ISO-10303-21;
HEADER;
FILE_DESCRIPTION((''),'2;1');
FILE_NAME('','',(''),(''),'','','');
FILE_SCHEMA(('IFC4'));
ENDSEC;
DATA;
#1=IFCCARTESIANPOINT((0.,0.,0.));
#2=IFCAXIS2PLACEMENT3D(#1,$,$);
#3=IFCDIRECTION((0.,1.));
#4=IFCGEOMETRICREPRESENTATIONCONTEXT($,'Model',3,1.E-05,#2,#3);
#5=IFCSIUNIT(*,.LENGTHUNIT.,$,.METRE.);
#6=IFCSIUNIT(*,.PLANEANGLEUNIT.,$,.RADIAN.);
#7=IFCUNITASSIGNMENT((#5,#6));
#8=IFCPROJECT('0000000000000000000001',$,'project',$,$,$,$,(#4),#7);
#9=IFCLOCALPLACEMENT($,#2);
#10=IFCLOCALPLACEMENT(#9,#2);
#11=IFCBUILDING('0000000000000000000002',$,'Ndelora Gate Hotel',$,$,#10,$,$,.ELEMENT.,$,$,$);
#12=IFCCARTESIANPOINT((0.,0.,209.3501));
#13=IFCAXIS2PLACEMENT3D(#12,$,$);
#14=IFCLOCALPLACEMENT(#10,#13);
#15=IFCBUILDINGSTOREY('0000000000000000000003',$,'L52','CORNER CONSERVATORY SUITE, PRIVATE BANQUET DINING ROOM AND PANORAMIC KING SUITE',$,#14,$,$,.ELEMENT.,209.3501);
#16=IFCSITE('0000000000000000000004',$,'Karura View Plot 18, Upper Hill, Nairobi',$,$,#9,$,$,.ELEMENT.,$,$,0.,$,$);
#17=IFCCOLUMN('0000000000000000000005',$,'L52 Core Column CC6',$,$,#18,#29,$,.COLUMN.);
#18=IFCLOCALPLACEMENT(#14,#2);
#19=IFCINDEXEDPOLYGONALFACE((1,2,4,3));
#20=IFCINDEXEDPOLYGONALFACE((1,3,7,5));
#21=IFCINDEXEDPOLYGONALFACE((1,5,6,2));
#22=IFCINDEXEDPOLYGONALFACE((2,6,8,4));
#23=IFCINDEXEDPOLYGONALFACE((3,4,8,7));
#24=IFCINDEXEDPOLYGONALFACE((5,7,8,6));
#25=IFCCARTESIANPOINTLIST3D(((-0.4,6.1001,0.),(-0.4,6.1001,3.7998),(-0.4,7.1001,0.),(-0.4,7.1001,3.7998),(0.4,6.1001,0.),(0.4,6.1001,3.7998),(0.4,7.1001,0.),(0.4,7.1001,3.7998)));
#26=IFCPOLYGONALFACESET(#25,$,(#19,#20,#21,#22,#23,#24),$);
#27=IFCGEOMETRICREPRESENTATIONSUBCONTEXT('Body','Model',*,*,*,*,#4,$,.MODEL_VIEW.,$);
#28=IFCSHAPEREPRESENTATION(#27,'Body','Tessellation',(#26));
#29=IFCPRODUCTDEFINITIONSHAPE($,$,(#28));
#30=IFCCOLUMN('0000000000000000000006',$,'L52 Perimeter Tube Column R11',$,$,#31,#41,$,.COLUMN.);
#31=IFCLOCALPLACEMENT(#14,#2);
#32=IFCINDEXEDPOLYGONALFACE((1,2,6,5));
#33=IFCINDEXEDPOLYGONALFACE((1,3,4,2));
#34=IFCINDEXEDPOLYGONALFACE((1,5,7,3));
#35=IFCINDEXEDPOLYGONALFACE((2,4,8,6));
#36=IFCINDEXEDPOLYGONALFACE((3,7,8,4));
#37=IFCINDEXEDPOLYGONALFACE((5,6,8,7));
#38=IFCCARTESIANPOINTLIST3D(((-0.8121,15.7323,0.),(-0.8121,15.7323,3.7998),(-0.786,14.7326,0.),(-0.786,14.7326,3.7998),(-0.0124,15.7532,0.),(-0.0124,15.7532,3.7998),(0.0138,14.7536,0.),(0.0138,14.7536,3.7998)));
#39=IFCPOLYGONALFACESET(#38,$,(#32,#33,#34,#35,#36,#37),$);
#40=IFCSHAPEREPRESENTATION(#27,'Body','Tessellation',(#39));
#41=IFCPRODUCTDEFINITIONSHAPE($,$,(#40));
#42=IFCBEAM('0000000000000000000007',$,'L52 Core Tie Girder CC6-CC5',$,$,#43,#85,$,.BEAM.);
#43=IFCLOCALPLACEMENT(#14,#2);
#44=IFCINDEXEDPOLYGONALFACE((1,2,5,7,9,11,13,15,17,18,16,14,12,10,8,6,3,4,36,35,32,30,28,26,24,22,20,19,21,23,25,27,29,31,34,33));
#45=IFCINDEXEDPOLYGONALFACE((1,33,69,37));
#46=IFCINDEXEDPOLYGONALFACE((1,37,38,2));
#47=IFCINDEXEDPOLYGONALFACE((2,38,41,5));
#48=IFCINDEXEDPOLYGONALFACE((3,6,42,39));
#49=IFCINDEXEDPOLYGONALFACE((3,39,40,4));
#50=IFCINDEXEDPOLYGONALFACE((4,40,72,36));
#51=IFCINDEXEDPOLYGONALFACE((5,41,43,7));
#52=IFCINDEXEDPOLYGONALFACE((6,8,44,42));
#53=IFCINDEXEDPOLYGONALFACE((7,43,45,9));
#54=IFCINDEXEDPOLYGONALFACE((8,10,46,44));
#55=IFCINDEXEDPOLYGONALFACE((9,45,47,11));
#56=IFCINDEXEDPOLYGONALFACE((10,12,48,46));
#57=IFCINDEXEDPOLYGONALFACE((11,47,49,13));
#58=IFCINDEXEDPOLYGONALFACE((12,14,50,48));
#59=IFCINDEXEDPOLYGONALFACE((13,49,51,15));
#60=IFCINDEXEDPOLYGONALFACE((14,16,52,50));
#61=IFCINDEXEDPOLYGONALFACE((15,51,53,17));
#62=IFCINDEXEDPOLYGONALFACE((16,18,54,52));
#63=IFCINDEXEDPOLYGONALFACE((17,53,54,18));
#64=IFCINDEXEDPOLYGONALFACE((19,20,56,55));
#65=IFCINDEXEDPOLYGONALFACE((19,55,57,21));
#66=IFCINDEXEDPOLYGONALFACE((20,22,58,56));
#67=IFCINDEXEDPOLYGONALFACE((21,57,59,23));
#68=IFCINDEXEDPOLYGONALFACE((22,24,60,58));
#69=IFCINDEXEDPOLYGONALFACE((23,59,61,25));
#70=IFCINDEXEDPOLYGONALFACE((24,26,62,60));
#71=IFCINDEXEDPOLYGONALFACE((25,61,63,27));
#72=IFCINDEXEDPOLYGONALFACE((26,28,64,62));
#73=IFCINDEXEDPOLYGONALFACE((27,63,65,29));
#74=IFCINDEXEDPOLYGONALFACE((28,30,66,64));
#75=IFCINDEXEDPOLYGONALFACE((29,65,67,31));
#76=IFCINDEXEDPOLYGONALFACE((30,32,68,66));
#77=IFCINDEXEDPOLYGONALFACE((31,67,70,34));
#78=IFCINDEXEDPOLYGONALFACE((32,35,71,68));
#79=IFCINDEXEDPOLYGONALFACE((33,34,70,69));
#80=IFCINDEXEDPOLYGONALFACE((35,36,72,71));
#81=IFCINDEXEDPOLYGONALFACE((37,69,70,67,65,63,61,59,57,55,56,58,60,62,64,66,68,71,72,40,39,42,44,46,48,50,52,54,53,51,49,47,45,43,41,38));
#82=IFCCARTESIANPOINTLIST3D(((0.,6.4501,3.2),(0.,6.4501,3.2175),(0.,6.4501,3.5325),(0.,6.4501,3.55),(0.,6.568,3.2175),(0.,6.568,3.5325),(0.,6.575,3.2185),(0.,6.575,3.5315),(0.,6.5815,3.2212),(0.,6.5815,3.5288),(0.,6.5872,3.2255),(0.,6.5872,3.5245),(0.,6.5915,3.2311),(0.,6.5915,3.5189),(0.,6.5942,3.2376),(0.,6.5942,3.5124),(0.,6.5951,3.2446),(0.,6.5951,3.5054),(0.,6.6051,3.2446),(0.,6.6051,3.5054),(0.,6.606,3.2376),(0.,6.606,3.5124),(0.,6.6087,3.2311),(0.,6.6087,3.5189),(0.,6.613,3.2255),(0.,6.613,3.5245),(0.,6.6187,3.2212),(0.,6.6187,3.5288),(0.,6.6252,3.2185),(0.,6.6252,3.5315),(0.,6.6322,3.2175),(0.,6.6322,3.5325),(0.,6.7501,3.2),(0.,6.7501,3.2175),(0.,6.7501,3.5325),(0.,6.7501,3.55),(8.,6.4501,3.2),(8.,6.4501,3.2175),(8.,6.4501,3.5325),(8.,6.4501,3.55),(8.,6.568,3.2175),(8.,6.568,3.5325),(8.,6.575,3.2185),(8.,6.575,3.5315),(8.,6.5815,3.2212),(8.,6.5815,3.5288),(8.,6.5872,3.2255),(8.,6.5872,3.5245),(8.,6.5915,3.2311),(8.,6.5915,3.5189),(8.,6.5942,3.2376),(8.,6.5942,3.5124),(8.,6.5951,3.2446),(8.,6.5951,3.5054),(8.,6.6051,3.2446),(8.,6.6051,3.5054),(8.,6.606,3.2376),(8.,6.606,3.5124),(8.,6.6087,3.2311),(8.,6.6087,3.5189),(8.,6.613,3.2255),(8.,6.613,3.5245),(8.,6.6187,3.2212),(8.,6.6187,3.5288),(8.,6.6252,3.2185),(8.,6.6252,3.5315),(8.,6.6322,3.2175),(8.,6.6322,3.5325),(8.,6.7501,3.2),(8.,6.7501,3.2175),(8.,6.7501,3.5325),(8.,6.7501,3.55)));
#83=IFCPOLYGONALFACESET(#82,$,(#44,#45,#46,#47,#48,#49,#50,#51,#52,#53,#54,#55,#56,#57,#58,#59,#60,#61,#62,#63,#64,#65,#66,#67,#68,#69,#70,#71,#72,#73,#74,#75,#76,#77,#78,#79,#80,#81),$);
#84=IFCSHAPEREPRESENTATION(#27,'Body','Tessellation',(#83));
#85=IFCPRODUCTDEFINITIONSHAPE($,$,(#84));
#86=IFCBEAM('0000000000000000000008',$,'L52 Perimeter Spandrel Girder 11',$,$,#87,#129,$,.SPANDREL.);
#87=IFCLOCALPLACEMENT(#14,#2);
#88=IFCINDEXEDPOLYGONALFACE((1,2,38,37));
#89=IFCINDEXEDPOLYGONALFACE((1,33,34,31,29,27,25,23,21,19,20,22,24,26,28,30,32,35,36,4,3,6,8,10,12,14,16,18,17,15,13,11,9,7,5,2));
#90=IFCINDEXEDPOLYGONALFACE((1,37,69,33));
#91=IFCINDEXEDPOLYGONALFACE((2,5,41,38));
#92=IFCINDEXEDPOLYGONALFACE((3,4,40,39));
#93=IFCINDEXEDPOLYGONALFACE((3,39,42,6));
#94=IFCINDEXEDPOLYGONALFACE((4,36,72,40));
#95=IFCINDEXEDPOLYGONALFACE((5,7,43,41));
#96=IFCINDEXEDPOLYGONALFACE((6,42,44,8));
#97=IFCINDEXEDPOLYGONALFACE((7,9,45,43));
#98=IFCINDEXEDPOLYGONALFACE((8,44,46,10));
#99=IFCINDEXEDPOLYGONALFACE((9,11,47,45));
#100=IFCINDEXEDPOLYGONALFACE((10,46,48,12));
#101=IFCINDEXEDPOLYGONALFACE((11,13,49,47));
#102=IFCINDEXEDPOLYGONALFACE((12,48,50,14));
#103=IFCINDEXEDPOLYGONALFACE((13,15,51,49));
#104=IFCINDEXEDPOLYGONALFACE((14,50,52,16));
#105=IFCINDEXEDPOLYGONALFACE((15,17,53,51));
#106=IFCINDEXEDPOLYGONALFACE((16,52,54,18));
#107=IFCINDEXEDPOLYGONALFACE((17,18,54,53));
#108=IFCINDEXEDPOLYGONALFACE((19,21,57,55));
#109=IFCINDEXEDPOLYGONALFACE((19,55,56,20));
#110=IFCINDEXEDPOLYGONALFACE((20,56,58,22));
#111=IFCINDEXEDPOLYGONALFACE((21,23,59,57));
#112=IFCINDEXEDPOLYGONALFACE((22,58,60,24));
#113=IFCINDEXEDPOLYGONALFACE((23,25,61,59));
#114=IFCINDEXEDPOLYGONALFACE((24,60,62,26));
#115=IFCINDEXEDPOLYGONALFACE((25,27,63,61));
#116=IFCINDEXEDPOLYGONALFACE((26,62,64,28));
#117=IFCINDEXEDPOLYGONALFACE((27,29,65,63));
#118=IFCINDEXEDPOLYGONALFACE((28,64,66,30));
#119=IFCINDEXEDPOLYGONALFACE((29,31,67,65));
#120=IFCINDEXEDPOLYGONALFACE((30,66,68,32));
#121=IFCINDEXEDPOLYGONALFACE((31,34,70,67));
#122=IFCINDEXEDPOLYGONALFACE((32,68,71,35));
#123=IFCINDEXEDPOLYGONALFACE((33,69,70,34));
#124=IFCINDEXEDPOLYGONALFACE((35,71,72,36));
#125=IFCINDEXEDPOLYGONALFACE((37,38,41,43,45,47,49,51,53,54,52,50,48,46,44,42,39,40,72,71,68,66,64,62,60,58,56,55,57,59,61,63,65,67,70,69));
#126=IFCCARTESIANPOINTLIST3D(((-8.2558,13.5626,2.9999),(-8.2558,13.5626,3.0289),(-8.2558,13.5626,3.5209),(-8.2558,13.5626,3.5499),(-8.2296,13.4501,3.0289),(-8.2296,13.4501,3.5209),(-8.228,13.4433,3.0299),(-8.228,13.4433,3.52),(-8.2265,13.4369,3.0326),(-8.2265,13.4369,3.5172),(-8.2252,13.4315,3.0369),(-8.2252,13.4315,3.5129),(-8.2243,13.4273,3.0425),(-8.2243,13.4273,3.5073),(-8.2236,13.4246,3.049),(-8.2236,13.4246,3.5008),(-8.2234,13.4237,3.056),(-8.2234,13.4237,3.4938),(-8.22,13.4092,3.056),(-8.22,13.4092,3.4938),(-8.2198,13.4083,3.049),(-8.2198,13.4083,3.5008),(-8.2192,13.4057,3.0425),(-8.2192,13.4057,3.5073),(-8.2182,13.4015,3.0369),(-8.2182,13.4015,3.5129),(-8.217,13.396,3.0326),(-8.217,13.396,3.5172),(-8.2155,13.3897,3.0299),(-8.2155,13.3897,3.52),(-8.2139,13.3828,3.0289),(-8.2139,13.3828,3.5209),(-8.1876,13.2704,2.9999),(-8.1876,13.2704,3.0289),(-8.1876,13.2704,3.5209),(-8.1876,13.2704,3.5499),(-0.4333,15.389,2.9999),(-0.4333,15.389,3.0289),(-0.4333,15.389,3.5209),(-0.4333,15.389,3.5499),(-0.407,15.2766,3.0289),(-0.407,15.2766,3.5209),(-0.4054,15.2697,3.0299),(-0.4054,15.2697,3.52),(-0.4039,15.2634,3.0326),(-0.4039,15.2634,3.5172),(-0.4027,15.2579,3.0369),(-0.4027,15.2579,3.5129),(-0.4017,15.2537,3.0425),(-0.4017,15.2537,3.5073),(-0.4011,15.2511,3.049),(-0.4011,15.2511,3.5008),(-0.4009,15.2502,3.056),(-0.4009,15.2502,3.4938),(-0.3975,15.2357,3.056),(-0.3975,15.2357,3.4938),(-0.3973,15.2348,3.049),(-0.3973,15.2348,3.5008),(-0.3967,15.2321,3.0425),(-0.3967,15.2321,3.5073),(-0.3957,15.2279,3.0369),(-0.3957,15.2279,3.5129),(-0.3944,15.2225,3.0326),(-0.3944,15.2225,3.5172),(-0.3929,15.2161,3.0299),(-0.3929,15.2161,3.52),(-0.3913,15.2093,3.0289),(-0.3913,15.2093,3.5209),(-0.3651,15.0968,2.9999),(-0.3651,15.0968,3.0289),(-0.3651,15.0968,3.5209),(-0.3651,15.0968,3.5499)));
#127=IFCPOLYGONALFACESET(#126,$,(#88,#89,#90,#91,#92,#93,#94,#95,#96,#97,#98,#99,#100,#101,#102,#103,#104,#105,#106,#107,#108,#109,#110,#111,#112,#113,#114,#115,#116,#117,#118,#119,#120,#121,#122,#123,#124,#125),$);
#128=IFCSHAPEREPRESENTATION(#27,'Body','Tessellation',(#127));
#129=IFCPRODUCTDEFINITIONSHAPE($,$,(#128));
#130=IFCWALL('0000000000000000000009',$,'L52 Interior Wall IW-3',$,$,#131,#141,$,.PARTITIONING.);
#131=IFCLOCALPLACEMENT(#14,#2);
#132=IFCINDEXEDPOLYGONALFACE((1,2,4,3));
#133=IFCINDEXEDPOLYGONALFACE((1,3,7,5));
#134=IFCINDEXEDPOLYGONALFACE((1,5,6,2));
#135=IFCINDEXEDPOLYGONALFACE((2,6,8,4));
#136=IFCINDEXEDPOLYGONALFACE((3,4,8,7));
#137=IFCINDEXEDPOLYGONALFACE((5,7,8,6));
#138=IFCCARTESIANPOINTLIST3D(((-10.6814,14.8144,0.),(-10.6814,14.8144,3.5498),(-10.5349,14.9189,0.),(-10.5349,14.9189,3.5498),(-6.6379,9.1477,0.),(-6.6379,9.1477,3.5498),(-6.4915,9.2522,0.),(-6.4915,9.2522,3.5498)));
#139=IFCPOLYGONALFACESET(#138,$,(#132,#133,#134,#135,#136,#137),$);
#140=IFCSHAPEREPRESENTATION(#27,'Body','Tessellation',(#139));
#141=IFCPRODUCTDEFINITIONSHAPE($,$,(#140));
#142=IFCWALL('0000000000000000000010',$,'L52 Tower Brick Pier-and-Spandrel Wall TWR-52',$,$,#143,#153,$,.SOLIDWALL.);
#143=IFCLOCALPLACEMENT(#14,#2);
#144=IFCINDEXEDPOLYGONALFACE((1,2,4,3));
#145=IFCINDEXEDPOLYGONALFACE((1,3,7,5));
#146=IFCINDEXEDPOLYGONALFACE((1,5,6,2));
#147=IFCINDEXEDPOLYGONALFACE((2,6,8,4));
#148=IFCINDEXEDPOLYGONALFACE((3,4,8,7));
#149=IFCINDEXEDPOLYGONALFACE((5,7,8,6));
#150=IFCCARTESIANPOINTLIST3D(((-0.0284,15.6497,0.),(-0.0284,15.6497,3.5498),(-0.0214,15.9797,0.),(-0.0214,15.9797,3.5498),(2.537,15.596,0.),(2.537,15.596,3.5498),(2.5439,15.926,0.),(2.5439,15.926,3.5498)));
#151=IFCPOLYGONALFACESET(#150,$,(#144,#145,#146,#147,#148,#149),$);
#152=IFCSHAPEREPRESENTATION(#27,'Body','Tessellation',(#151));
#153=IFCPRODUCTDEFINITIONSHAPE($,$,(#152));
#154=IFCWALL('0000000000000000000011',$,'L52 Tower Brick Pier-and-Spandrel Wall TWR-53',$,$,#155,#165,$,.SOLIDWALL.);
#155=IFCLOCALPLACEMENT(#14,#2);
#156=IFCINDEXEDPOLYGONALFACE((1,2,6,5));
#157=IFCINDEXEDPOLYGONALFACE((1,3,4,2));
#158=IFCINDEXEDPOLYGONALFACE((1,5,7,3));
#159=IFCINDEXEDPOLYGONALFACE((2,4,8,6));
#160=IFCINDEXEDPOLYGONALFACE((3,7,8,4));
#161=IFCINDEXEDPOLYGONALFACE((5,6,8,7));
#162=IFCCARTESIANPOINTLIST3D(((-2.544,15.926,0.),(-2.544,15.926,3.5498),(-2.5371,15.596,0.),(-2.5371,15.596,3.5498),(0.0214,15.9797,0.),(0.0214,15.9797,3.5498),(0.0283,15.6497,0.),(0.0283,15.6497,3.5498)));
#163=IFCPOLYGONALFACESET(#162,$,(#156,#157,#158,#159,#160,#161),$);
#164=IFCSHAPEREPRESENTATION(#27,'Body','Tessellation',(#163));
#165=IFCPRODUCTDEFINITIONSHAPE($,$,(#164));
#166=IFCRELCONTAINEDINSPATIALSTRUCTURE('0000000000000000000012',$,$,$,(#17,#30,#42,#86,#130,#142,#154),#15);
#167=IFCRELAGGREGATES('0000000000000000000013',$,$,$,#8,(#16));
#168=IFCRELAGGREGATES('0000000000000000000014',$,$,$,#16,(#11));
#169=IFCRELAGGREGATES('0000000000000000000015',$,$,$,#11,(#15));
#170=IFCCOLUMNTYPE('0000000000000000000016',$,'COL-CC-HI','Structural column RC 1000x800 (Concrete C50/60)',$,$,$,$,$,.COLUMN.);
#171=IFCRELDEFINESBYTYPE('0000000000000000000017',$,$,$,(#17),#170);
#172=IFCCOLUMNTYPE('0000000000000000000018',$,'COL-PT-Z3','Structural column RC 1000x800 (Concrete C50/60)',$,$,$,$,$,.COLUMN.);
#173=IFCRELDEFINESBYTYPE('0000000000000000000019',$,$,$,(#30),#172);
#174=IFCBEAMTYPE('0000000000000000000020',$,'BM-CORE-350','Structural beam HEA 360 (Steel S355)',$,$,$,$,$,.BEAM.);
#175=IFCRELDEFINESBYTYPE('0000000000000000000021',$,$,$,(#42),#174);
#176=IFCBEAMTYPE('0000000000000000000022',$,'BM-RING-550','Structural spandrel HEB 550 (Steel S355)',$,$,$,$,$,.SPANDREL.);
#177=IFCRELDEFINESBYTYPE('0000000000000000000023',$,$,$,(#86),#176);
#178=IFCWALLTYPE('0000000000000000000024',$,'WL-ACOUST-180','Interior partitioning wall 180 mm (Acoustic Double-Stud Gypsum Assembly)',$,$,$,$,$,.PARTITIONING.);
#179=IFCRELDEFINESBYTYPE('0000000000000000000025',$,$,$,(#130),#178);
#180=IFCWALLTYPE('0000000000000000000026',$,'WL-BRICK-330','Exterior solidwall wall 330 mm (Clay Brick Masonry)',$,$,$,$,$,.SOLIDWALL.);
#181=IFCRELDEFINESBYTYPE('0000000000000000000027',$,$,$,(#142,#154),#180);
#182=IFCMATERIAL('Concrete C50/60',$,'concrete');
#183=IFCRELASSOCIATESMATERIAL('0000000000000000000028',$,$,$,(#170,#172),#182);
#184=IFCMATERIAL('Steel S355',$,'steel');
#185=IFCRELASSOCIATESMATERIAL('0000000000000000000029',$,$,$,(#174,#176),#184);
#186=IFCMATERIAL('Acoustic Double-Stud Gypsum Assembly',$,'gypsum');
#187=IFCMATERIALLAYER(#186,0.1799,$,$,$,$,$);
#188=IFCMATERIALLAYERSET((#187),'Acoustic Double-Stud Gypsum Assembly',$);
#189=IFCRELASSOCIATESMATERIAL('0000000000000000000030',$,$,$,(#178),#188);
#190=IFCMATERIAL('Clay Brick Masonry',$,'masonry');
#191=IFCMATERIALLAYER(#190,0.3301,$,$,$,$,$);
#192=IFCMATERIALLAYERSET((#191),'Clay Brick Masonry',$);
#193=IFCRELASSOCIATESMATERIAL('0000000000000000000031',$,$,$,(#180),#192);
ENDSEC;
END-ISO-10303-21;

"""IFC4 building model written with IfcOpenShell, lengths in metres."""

from ifc_helpers import new_model, si_unit, direction, frame, frame_2d, origin, origin_2d, place, context, subcontext, project, spatial, rectangle, i_section, extrude, material, layer, layer_set, material_profile, profile_set, type_object, element, save


model = new_model("IFC4")

# Units and contexts
model_context = context("Model", 3, precision=1e-05, world=origin(), true_north=direction((0.0, 1.0)))
body_context = subcontext(model_context, "Body", "Model", "MODEL_VIEW")
ifc_project = project(units=[si_unit("LENGTHUNIT", "METRE"), si_unit("PLANEANGLEUNIT", "RADIAN")], contexts=[model_context])

# Site, building, storey
site_placement = place(None, origin())
site = spatial("IfcSite", under=ifc_project, at=site_placement, Name="Karura View Plot 18, Upper Hill, Nairobi", CompositionType="ELEMENT", RefElevation=0.0)
building_placement = place(site_placement, origin())
building = spatial("IfcBuilding", under=site, at=building_placement, Name="Ndelora Gate Hotel", CompositionType="ELEMENT")
storey_placement = place(building_placement, frame((0.0, 0.0, 209.3501)))
storey = spatial("IfcBuildingStorey", under=building, at=storey_placement, Name="L52", Description="CORNER CONSERVATORY SUITE, PRIVATE BANQUET DINING ROOM AND PANORAMIC KING SUITE", CompositionType="ELEMENT", Elevation=209.3501)

# Columns
ifc_material_1 = material(Name="Concrete C50/60", Category="concrete")
ifc_material_profile_1 = material_profile(ifc_material_1, rectangle(XDim=0.8, YDim=1.0, at=origin_2d()), Name="RC 1000x800")
ifc_profile_set_1 = profile_set([ifc_material_profile_1], Name="Concrete C50/60")
column_type_1 = type_object("IfcColumnType", Name="COL-CC-HI", Description="Structural column RC 1000x800 (Concrete C50/60)", PredefinedType="COLUMN", material=ifc_profile_set_1)
column_1_placement = place(storey_placement, frame((0.0, 6.6001, 0.0), z_axis=(0.0, 0.0, 1.0), x_axis=(1.0, 0.0, 0.0)))
element("IfcColumn", 1, at=column_1_placement, inside=storey, type_object=column_type_1, Name="L52 Core Column CC6", PredefinedType="COLUMN", context=body_context, shape_type="SweptSolid", body=[
    extrude(rectangle(XDim=0.8, YDim=1.0, at=origin_2d()), origin(), (0.0, 0.0, 1.0), 3.7998),
])
ifc_material_profile_2 = material_profile(ifc_material_1, rectangle(XDim=0.8, YDim=1.0, at=origin_2d()), Name="RC 1000x800")
ifc_profile_set_2 = profile_set([ifc_material_profile_2], Name="Concrete C50/60")
column_type_2 = type_object("IfcColumnType", Name="COL-PT-Z3", Description="Structural column RC 1000x800 (Concrete C50/60)", PredefinedType="COLUMN", material=ifc_profile_set_2)
column_2_placement = place(storey_placement, frame((-0.3992, 15.2429, 0.0), z_axis=(0.0, 0.0, 1.0), x_axis=(0.999657, 0.026177, 0.0)))
element("IfcColumn", 2, at=column_2_placement, inside=storey, type_object=column_type_2, Name="L52 Perimeter Tube Column R11", PredefinedType="COLUMN", context=body_context, shape_type="SweptSolid", body=[
    extrude(rectangle(XDim=0.8, YDim=1.0, at=origin_2d()), origin(), (0.0, 0.0, 1.0), 3.7998),
])

# Beams
ifc_material_2 = material(Name="Steel S355", Category="steel")
ifc_material_profile_3 = material_profile(ifc_material_2, i_section(OverallWidth=0.3, OverallDepth=0.3501, WebThickness=0.01, FlangeThickness=0.0176, FilletRadius=0.0271, at=origin_2d()), Name="HEA 360")
ifc_profile_set_3 = profile_set([ifc_material_profile_3], Name="Steel S355")
beam_type_1 = type_object("IfcBeamType", Name="BM-CORE-350", Description="Structural beam HEA 360 (Steel S355)", PredefinedType="BEAM", material=ifc_profile_set_3)
beam_1_placement = place(storey_placement, frame((0.0, 6.6001, 3.375), z_axis=(1.0, 0.0, 0.0), x_axis=(0.0, 1.0, 0.0)))
element("IfcBeam", 3, at=beam_1_placement, inside=storey, type_object=beam_type_1, Name="L52 Core Tie Girder CC6-CC5", PredefinedType="BEAM", context=body_context, shape_type="SweptSolid", body=[
    extrude(i_section(OverallWidth=0.3, OverallDepth=0.3501, WebThickness=0.01, FlangeThickness=0.0176, FilletRadius=0.0271, at=origin_2d()), origin(), (0.0, 0.0, 1.0), 8.0),
])
ifc_material_profile_4 = material_profile(ifc_material_2, i_section(OverallWidth=0.3, OverallDepth=0.55, WebThickness=0.0149, FlangeThickness=0.0291, FilletRadius=0.0271, at=origin_2d()), Name="HEB 550")
ifc_profile_set_4 = profile_set([ifc_material_profile_4], Name="Steel S355")
beam_type_2 = type_object("IfcBeamType", Name="BM-RING-550", Description="Structural spandrel HEB 550 (Steel S355)", PredefinedType="SPANDREL", material=ifc_profile_set_4)
beam_2_placement = place(storey_placement, frame((-0.3992, 15.2429, 3.2749), z_axis=(-0.973809, -0.227367, 0.0), x_axis=(0.227367, -0.973809, 0.0)))
element("IfcBeam", 4, at=beam_2_placement, inside=storey, type_object=beam_type_2, Name="L52 Perimeter Spandrel Girder 11", PredefinedType="SPANDREL", context=body_context, shape_type="SweptSolid", body=[
    extrude(i_section(OverallWidth=0.3, OverallDepth=0.55, WebThickness=0.0149, FlangeThickness=0.0291, FilletRadius=0.0271, at=origin_2d()), origin(), (0.0, 0.0, 1.0), 8.033),
])

# Walls
ifc_material_3 = material(Name="Acoustic Double-Stud Gypsum Assembly", Category="gypsum")
ifc_layer_1 = layer(ifc_material_3, 0.1799)
ifc_layer_set_1 = layer_set([ifc_layer_1], Name="Acoustic Double-Stud Gypsum Assembly")
wall_type_1 = type_object("IfcWallType", Name="WL-ACOUST-180", Description="Interior partitioning wall 180 mm (Acoustic Double-Stud Gypsum Assembly)", PredefinedType="PARTITIONING", material=ifc_layer_set_1)
wall_1_placement = place(storey_placement, frame((-6.5647, 9.2, 0.0), z_axis=(0.0, 0.0, 1.0), x_axis=(-0.580837, 0.81402, 0.0)))
element("IfcWall", 5, at=wall_1_placement, inside=storey, type_object=wall_type_1, Name="L52 Interior Wall IW-3", PredefinedType="PARTITIONING", context=body_context, shape_type="SweptSolid", body=[
    extrude(rectangle(XDim=6.9614, YDim=0.1799, at=frame_2d((3.4807, 0.0))), origin(), (0.0, 0.0, 1.0), 3.5498),
])
ifc_material_4 = material(Name="Clay Brick Masonry", Category="masonry")
ifc_layer_2 = layer(ifc_material_4, 0.3301)
ifc_layer_set_2 = layer_set([ifc_layer_2], Name="Clay Brick Masonry")
wall_type_2 = type_object("IfcWallType", Name="WL-BRICK-330", Description="Exterior solidwall wall 330 mm (Clay Brick Masonry)", PredefinedType="SOLIDWALL", material=ifc_layer_set_2)
for number, where, z_axis, x_axis, name in (
    (6, (-0.0249, 15.8147, 0.0), (0.0, 0.0, 1.0), (0.999781, -0.020932, 0.0), "L52 Tower Brick Pier-and-Spandrel Wall TWR-52"),
    (7, (-2.5405, 15.761, 0.0), (0.0, 0.0, 1.0), (0.999781, 0.020932, 0.0), "L52 Tower Brick Pier-and-Spandrel Wall TWR-53"),
):
    element("IfcWall", number, at=place(storey_placement, frame(where, z_axis=z_axis, x_axis=x_axis)), inside=storey, type_object=wall_type_2, Name=name, PredefinedType="SOLIDWALL", context=body_context, shape_type="SweptSolid", body=[
        extrude(rectangle(XDim=2.5659, YDim=0.3301, at=frame_2d((1.283, 0.0))), origin(), (0.0, 0.0, 1.0), 3.5498),
    ])

save(model, "model.ifc")
